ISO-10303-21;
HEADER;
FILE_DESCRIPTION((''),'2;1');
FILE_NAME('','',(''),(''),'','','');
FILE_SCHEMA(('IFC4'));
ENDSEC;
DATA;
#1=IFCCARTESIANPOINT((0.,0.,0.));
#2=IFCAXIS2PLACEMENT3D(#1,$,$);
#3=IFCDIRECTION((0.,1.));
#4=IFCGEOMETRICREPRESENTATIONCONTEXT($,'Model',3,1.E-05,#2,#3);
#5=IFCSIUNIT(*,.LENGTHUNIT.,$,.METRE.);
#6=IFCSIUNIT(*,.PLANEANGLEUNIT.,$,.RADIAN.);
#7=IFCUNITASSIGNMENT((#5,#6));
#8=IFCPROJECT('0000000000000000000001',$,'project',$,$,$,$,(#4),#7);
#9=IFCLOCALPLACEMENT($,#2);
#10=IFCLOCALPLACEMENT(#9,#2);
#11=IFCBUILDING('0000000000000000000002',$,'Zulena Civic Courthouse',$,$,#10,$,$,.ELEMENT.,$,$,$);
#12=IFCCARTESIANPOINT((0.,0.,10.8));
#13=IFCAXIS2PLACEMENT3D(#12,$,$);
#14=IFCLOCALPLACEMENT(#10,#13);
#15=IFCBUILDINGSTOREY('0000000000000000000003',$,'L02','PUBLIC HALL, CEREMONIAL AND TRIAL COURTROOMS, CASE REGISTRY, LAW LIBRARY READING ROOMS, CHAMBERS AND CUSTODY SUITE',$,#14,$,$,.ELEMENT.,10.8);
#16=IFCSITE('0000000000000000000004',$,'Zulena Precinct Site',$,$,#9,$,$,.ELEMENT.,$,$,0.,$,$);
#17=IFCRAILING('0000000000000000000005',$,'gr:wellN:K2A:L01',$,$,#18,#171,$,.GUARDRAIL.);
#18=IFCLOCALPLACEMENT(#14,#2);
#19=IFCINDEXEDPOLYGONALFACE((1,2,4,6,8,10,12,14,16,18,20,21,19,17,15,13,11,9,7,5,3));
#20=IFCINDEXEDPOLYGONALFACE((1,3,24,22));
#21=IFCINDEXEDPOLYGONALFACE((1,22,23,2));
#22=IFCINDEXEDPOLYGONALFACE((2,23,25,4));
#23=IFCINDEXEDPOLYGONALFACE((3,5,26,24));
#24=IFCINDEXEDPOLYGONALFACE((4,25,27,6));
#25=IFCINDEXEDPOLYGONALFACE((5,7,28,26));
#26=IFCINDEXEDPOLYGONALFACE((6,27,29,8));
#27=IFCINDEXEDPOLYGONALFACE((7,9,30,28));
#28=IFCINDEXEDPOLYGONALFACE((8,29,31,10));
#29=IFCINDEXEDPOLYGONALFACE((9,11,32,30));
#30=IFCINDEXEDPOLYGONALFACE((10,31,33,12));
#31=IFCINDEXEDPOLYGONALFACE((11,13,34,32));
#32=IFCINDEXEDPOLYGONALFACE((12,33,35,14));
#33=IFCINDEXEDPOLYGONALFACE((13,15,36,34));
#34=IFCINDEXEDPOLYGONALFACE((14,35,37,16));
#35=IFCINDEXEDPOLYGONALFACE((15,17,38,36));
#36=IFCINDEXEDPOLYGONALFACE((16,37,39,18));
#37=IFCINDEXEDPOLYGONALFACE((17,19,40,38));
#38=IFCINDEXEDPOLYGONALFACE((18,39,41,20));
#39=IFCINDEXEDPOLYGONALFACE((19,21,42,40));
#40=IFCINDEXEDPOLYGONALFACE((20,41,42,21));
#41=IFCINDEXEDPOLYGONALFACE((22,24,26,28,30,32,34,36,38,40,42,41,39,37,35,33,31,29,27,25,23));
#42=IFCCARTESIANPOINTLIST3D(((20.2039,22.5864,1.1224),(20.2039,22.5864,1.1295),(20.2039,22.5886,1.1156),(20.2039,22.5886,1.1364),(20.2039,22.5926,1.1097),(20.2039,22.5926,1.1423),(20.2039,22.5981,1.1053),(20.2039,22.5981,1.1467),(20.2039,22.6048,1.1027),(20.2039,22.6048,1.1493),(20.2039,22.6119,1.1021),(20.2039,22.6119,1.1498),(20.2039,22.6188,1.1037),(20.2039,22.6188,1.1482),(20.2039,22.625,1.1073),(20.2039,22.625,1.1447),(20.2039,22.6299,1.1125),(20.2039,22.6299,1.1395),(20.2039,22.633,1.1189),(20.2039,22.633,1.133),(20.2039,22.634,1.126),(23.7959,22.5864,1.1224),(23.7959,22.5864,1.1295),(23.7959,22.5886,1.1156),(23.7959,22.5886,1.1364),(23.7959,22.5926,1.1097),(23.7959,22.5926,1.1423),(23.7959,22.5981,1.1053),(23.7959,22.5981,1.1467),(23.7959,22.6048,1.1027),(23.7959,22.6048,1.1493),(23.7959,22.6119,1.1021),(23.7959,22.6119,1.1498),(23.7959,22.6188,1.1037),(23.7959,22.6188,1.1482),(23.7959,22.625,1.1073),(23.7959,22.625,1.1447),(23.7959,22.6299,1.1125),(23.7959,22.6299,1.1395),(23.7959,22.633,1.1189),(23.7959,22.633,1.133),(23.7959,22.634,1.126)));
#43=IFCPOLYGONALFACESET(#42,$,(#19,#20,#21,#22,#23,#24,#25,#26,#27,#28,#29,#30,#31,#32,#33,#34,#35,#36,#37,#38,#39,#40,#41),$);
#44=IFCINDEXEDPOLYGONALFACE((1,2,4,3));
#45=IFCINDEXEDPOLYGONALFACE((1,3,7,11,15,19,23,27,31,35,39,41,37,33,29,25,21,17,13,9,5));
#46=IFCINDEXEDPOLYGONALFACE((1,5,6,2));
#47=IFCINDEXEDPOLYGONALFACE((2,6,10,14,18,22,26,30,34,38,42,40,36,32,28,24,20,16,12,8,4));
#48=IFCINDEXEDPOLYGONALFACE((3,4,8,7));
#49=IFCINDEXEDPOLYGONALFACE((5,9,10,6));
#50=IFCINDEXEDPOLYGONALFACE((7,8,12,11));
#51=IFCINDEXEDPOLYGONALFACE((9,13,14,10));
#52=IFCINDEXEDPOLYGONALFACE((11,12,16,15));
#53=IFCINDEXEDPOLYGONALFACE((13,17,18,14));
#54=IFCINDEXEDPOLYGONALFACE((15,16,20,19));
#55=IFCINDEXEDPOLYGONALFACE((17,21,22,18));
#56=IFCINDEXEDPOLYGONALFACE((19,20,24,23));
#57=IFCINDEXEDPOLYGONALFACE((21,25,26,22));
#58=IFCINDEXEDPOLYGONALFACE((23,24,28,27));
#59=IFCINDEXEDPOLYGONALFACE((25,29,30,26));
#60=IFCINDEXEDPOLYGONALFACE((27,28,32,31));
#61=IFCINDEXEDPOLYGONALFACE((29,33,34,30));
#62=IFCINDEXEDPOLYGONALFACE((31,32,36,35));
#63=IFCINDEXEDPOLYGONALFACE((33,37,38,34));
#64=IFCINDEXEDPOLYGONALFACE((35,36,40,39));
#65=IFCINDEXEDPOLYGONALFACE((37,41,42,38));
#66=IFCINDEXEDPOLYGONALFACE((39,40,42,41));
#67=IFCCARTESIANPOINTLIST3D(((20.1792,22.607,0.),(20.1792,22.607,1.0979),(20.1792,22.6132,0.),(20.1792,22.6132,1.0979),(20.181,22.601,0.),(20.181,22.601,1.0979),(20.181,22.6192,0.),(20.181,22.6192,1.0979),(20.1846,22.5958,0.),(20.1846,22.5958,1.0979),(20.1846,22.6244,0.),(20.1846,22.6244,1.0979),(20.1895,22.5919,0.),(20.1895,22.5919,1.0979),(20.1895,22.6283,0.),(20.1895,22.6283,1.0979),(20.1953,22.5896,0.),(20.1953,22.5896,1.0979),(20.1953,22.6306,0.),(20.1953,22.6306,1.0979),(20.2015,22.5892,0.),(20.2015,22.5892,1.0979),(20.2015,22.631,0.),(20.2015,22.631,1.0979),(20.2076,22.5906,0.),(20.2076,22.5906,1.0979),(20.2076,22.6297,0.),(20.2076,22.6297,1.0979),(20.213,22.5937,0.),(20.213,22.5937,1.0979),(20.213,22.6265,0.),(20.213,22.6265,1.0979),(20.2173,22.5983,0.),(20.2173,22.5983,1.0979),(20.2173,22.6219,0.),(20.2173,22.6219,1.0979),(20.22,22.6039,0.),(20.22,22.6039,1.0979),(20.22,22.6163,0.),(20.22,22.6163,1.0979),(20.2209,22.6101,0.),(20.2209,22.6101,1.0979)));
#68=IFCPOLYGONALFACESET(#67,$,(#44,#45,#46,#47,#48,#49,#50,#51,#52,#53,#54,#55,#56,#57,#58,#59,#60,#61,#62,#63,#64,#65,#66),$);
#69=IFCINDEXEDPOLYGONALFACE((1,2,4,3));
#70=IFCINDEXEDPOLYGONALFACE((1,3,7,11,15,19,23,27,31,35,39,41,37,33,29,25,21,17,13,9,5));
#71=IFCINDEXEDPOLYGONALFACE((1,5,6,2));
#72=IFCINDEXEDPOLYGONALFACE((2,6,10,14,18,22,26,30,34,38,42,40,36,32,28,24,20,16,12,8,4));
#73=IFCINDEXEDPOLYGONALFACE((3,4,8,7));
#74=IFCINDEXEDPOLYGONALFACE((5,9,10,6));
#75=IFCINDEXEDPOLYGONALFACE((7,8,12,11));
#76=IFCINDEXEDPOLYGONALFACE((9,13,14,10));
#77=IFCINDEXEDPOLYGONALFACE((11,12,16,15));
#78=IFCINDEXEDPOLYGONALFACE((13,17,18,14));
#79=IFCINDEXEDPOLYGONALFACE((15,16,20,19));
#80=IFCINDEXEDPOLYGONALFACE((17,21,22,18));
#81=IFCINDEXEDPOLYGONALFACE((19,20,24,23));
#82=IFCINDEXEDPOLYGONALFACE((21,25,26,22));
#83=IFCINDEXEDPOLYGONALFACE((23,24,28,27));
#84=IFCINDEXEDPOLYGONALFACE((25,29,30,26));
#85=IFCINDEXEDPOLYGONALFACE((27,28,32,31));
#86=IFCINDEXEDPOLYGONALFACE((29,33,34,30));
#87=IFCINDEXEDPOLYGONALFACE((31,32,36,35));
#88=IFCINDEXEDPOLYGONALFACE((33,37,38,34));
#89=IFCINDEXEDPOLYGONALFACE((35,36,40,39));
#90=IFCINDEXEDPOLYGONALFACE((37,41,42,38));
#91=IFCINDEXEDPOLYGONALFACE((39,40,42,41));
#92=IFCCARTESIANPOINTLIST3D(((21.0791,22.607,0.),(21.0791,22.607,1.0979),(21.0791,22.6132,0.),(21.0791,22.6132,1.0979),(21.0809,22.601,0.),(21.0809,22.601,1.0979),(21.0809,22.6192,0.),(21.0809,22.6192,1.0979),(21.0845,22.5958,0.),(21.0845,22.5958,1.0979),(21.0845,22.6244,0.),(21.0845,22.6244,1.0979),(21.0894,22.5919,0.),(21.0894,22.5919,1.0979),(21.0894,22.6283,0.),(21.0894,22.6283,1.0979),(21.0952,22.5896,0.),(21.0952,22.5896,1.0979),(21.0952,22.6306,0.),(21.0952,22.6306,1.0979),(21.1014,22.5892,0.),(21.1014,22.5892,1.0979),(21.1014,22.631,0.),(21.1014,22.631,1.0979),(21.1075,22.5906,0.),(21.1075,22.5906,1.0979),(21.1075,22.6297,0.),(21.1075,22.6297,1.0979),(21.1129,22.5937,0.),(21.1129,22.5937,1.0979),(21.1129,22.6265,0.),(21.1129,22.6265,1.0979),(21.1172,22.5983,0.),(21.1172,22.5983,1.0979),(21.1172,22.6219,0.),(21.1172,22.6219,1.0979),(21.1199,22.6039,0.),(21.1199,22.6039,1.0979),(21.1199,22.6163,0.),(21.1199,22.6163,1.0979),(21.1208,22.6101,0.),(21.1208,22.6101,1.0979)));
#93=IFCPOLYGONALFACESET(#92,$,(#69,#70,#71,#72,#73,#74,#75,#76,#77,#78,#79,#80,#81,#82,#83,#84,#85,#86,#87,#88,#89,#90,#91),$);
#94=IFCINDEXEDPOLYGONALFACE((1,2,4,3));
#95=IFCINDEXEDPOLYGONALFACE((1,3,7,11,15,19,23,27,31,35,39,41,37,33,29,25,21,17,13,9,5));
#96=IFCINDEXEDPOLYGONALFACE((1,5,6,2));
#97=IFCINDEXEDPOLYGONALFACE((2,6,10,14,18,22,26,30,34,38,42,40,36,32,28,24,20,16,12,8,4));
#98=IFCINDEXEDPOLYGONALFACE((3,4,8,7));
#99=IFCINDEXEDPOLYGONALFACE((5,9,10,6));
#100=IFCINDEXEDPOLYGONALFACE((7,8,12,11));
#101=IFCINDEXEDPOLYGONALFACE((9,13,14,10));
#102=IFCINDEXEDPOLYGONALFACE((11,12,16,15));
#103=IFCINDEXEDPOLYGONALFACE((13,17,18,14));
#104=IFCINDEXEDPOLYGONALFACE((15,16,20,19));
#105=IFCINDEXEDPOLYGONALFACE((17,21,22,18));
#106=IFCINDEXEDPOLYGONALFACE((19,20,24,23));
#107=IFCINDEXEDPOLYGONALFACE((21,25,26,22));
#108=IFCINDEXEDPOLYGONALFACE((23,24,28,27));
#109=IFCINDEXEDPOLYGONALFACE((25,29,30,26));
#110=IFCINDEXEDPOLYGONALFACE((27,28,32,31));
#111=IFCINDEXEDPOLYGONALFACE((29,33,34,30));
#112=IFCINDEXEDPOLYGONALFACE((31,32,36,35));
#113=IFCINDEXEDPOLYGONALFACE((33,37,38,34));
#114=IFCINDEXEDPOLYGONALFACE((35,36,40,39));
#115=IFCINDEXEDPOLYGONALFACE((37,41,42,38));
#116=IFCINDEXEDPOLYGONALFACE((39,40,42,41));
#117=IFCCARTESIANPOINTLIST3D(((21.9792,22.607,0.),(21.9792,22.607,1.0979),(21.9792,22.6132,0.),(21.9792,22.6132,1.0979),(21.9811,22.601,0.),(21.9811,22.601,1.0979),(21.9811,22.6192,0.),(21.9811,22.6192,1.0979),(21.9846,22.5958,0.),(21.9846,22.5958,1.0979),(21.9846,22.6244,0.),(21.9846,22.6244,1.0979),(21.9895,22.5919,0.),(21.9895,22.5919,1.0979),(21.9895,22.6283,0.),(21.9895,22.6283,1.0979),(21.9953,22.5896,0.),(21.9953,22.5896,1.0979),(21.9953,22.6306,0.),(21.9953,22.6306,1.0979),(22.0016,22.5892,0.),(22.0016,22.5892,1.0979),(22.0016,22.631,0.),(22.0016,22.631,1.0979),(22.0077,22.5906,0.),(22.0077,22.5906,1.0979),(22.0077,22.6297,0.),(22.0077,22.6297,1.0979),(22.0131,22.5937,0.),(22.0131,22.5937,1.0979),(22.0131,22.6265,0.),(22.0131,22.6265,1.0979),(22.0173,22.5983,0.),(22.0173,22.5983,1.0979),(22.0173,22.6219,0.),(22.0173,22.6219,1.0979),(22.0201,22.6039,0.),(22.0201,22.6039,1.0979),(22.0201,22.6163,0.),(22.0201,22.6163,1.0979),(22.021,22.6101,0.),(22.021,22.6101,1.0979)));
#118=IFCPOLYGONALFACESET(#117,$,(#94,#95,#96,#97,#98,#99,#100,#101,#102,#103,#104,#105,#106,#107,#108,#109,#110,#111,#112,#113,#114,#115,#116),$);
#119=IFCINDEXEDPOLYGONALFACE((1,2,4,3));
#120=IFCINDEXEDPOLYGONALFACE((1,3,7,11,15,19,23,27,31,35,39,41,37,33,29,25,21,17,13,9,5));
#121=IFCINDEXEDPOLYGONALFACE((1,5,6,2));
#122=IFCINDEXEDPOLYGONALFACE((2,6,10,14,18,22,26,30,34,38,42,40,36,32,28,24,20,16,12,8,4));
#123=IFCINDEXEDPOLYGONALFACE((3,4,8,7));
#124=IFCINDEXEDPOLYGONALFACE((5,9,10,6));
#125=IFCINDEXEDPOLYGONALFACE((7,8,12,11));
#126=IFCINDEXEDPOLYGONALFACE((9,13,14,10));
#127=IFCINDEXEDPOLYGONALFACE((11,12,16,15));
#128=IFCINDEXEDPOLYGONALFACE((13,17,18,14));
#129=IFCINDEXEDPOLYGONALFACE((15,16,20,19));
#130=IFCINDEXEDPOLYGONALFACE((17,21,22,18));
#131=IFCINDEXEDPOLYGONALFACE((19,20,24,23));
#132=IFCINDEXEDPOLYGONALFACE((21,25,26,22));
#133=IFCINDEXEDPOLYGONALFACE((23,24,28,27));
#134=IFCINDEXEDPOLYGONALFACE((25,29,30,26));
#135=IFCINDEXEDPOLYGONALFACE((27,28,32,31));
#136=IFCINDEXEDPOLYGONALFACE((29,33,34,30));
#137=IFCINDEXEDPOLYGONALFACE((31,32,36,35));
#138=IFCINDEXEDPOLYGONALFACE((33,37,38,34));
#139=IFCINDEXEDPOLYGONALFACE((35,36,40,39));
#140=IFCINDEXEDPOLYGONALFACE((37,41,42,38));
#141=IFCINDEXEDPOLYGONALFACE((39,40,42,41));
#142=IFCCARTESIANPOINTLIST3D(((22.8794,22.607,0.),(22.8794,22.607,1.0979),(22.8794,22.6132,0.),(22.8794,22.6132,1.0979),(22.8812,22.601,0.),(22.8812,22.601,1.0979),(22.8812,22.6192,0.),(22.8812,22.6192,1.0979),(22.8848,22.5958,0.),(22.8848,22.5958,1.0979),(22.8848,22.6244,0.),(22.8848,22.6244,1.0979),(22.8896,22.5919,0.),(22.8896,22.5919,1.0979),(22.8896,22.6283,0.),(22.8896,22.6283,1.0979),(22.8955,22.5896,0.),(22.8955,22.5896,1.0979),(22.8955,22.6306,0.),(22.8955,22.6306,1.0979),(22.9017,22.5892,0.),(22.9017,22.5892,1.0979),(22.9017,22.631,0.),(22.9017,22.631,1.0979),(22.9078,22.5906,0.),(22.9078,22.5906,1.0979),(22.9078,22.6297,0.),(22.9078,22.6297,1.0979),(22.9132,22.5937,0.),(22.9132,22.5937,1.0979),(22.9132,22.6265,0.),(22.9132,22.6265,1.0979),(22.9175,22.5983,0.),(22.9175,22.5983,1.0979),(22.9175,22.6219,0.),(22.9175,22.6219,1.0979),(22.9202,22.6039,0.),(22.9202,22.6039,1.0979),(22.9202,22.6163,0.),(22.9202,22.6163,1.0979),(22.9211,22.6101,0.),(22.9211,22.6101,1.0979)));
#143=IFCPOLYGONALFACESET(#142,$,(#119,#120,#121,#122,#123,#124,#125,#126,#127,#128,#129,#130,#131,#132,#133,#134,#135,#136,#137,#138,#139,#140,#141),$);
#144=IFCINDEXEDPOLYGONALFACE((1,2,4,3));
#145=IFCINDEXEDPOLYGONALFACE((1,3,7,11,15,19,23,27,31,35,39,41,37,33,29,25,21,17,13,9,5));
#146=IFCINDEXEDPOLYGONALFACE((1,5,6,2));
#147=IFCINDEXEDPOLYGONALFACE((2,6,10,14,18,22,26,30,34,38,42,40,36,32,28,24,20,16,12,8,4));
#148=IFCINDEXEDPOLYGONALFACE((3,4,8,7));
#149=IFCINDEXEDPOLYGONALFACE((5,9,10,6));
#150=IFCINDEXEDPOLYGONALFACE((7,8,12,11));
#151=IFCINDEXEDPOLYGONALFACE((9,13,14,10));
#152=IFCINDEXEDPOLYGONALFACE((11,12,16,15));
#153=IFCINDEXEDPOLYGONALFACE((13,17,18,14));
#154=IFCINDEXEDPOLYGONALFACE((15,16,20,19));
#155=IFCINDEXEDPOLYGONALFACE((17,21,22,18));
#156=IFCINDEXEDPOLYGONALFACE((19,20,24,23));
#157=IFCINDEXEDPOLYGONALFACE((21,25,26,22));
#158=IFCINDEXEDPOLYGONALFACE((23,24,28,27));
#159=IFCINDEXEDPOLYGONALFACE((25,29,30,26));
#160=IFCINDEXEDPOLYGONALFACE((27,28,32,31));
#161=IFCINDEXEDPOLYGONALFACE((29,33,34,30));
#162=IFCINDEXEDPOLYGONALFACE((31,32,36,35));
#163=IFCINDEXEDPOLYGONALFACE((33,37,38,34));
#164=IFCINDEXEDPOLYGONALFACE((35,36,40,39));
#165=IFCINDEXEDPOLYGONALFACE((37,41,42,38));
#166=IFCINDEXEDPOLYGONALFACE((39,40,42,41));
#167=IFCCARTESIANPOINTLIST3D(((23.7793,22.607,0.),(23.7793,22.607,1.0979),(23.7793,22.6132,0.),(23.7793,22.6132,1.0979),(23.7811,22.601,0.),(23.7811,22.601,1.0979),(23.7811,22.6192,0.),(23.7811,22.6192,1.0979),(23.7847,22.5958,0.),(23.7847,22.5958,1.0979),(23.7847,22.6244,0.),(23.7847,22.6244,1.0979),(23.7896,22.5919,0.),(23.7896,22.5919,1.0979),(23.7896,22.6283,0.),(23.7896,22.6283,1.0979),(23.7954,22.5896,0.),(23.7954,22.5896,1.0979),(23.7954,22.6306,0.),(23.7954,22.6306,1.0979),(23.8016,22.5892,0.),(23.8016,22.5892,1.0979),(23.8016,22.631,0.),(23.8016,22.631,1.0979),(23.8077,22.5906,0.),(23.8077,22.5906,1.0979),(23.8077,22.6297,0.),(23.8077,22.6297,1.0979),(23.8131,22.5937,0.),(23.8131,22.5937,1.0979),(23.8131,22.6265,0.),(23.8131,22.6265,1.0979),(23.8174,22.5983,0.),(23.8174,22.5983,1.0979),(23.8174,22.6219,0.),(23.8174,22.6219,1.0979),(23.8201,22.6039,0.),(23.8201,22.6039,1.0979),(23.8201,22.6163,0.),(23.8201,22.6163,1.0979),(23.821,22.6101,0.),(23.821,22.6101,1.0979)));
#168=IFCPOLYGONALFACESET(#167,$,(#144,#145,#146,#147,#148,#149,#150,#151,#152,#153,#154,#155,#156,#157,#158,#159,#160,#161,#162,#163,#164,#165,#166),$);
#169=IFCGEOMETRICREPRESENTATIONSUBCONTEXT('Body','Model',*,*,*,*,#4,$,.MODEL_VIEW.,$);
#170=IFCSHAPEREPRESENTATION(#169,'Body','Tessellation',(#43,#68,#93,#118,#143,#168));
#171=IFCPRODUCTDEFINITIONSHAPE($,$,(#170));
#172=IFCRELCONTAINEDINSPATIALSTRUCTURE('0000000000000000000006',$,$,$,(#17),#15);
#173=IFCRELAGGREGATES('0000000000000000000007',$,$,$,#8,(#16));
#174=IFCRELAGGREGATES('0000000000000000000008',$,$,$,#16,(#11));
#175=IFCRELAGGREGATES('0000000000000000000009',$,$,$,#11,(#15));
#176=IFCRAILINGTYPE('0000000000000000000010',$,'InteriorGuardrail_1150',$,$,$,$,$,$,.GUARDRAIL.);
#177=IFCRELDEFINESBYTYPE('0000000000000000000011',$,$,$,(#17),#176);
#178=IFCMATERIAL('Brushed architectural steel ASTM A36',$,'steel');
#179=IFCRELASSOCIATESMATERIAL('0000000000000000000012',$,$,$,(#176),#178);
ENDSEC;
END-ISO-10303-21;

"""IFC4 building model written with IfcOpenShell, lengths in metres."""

from ifc_helpers import new_model, si_unit, direction, frame, origin, origin_2d, place, context, subcontext, project, spatial, circle, extrude, material, type_object, element, save


model = new_model("IFC4")

# Units and contexts
model_context = context("Model", 3, precision=1e-05, world=origin(), true_north=direction((0.0, 1.0)))
body_context = subcontext(model_context, "Body", "Model", "MODEL_VIEW")
ifc_project = project(units=[si_unit("LENGTHUNIT", "METRE"), si_unit("PLANEANGLEUNIT", "RADIAN")], contexts=[model_context])

# Site, building, storey
site_placement = place(None, origin())
site = spatial("IfcSite", under=ifc_project, at=site_placement, Name="Zulena Precinct Site", CompositionType="ELEMENT", RefElevation=0.0)
building_placement = place(site_placement, origin())
building = spatial("IfcBuilding", under=site, at=building_placement, Name="Zulena Civic Courthouse", CompositionType="ELEMENT")
storey_placement = place(building_placement, frame((0.0, 0.0, 10.8)))
storey = spatial("IfcBuildingStorey", under=building, at=storey_placement, Name="L02", Description="PUBLIC HALL, CEREMONIAL AND TRIAL COURTROOMS, CASE REGISTRY, LAW LIBRARY READING ROOMS, CHAMBERS AND CUSTODY SUITE", CompositionType="ELEMENT", Elevation=10.8)

# Railing
ifc_material_1 = material(Name="Brushed architectural steel ASTM A36", Category="steel")
railing_type_1 = type_object("IfcRailingType", Name="InteriorGuardrail_1150", PredefinedType="GUARDRAIL", material=ifc_material_1)
railing_1_placement = place(storey_placement, frame((20.2, 22.6101, 0.0)))
element("IfcRailing", 1, at=railing_1_placement, inside=storey, type_object=railing_type_1, Name="gr:wellN:K2A:L01", PredefinedType="GUARDRAIL", context=body_context, shape_type="SweptSolid", body=[
    extrude(circle(Radius=0.0239, at=origin_2d()), frame((0.0039, 0.0, 1.126), z_axis=(1.0, 0.0, 0.0), x_axis=(0.0, 1.0, 0.0)), (0.0, 0.0, 1.0), 3.592),
    extrude(circle(Radius=0.021, at=origin_2d()), origin(), (0.0, 0.0, 1.0), 1.0979),
    extrude(circle(Radius=0.021, at=origin_2d()), frame((0.8999, 0.0, 0.0)), (0.0, 0.0, 1.0), 1.0979),
    extrude(circle(Radius=0.021, at=origin_2d()), frame((1.8, 0.0, 0.0)), (0.0, 0.0, 1.0), 1.0979),
    extrude(circle(Radius=0.021, at=origin_2d()), frame((2.7002, 0.0, 0.0)), (0.0, 0.0, 1.0), 1.0979),
    extrude(circle(Radius=0.021, at=origin_2d()), frame((3.6001, 0.0, 0.0)), (0.0, 0.0, 1.0), 1.0979),
])

save(model, "model.ifc")
